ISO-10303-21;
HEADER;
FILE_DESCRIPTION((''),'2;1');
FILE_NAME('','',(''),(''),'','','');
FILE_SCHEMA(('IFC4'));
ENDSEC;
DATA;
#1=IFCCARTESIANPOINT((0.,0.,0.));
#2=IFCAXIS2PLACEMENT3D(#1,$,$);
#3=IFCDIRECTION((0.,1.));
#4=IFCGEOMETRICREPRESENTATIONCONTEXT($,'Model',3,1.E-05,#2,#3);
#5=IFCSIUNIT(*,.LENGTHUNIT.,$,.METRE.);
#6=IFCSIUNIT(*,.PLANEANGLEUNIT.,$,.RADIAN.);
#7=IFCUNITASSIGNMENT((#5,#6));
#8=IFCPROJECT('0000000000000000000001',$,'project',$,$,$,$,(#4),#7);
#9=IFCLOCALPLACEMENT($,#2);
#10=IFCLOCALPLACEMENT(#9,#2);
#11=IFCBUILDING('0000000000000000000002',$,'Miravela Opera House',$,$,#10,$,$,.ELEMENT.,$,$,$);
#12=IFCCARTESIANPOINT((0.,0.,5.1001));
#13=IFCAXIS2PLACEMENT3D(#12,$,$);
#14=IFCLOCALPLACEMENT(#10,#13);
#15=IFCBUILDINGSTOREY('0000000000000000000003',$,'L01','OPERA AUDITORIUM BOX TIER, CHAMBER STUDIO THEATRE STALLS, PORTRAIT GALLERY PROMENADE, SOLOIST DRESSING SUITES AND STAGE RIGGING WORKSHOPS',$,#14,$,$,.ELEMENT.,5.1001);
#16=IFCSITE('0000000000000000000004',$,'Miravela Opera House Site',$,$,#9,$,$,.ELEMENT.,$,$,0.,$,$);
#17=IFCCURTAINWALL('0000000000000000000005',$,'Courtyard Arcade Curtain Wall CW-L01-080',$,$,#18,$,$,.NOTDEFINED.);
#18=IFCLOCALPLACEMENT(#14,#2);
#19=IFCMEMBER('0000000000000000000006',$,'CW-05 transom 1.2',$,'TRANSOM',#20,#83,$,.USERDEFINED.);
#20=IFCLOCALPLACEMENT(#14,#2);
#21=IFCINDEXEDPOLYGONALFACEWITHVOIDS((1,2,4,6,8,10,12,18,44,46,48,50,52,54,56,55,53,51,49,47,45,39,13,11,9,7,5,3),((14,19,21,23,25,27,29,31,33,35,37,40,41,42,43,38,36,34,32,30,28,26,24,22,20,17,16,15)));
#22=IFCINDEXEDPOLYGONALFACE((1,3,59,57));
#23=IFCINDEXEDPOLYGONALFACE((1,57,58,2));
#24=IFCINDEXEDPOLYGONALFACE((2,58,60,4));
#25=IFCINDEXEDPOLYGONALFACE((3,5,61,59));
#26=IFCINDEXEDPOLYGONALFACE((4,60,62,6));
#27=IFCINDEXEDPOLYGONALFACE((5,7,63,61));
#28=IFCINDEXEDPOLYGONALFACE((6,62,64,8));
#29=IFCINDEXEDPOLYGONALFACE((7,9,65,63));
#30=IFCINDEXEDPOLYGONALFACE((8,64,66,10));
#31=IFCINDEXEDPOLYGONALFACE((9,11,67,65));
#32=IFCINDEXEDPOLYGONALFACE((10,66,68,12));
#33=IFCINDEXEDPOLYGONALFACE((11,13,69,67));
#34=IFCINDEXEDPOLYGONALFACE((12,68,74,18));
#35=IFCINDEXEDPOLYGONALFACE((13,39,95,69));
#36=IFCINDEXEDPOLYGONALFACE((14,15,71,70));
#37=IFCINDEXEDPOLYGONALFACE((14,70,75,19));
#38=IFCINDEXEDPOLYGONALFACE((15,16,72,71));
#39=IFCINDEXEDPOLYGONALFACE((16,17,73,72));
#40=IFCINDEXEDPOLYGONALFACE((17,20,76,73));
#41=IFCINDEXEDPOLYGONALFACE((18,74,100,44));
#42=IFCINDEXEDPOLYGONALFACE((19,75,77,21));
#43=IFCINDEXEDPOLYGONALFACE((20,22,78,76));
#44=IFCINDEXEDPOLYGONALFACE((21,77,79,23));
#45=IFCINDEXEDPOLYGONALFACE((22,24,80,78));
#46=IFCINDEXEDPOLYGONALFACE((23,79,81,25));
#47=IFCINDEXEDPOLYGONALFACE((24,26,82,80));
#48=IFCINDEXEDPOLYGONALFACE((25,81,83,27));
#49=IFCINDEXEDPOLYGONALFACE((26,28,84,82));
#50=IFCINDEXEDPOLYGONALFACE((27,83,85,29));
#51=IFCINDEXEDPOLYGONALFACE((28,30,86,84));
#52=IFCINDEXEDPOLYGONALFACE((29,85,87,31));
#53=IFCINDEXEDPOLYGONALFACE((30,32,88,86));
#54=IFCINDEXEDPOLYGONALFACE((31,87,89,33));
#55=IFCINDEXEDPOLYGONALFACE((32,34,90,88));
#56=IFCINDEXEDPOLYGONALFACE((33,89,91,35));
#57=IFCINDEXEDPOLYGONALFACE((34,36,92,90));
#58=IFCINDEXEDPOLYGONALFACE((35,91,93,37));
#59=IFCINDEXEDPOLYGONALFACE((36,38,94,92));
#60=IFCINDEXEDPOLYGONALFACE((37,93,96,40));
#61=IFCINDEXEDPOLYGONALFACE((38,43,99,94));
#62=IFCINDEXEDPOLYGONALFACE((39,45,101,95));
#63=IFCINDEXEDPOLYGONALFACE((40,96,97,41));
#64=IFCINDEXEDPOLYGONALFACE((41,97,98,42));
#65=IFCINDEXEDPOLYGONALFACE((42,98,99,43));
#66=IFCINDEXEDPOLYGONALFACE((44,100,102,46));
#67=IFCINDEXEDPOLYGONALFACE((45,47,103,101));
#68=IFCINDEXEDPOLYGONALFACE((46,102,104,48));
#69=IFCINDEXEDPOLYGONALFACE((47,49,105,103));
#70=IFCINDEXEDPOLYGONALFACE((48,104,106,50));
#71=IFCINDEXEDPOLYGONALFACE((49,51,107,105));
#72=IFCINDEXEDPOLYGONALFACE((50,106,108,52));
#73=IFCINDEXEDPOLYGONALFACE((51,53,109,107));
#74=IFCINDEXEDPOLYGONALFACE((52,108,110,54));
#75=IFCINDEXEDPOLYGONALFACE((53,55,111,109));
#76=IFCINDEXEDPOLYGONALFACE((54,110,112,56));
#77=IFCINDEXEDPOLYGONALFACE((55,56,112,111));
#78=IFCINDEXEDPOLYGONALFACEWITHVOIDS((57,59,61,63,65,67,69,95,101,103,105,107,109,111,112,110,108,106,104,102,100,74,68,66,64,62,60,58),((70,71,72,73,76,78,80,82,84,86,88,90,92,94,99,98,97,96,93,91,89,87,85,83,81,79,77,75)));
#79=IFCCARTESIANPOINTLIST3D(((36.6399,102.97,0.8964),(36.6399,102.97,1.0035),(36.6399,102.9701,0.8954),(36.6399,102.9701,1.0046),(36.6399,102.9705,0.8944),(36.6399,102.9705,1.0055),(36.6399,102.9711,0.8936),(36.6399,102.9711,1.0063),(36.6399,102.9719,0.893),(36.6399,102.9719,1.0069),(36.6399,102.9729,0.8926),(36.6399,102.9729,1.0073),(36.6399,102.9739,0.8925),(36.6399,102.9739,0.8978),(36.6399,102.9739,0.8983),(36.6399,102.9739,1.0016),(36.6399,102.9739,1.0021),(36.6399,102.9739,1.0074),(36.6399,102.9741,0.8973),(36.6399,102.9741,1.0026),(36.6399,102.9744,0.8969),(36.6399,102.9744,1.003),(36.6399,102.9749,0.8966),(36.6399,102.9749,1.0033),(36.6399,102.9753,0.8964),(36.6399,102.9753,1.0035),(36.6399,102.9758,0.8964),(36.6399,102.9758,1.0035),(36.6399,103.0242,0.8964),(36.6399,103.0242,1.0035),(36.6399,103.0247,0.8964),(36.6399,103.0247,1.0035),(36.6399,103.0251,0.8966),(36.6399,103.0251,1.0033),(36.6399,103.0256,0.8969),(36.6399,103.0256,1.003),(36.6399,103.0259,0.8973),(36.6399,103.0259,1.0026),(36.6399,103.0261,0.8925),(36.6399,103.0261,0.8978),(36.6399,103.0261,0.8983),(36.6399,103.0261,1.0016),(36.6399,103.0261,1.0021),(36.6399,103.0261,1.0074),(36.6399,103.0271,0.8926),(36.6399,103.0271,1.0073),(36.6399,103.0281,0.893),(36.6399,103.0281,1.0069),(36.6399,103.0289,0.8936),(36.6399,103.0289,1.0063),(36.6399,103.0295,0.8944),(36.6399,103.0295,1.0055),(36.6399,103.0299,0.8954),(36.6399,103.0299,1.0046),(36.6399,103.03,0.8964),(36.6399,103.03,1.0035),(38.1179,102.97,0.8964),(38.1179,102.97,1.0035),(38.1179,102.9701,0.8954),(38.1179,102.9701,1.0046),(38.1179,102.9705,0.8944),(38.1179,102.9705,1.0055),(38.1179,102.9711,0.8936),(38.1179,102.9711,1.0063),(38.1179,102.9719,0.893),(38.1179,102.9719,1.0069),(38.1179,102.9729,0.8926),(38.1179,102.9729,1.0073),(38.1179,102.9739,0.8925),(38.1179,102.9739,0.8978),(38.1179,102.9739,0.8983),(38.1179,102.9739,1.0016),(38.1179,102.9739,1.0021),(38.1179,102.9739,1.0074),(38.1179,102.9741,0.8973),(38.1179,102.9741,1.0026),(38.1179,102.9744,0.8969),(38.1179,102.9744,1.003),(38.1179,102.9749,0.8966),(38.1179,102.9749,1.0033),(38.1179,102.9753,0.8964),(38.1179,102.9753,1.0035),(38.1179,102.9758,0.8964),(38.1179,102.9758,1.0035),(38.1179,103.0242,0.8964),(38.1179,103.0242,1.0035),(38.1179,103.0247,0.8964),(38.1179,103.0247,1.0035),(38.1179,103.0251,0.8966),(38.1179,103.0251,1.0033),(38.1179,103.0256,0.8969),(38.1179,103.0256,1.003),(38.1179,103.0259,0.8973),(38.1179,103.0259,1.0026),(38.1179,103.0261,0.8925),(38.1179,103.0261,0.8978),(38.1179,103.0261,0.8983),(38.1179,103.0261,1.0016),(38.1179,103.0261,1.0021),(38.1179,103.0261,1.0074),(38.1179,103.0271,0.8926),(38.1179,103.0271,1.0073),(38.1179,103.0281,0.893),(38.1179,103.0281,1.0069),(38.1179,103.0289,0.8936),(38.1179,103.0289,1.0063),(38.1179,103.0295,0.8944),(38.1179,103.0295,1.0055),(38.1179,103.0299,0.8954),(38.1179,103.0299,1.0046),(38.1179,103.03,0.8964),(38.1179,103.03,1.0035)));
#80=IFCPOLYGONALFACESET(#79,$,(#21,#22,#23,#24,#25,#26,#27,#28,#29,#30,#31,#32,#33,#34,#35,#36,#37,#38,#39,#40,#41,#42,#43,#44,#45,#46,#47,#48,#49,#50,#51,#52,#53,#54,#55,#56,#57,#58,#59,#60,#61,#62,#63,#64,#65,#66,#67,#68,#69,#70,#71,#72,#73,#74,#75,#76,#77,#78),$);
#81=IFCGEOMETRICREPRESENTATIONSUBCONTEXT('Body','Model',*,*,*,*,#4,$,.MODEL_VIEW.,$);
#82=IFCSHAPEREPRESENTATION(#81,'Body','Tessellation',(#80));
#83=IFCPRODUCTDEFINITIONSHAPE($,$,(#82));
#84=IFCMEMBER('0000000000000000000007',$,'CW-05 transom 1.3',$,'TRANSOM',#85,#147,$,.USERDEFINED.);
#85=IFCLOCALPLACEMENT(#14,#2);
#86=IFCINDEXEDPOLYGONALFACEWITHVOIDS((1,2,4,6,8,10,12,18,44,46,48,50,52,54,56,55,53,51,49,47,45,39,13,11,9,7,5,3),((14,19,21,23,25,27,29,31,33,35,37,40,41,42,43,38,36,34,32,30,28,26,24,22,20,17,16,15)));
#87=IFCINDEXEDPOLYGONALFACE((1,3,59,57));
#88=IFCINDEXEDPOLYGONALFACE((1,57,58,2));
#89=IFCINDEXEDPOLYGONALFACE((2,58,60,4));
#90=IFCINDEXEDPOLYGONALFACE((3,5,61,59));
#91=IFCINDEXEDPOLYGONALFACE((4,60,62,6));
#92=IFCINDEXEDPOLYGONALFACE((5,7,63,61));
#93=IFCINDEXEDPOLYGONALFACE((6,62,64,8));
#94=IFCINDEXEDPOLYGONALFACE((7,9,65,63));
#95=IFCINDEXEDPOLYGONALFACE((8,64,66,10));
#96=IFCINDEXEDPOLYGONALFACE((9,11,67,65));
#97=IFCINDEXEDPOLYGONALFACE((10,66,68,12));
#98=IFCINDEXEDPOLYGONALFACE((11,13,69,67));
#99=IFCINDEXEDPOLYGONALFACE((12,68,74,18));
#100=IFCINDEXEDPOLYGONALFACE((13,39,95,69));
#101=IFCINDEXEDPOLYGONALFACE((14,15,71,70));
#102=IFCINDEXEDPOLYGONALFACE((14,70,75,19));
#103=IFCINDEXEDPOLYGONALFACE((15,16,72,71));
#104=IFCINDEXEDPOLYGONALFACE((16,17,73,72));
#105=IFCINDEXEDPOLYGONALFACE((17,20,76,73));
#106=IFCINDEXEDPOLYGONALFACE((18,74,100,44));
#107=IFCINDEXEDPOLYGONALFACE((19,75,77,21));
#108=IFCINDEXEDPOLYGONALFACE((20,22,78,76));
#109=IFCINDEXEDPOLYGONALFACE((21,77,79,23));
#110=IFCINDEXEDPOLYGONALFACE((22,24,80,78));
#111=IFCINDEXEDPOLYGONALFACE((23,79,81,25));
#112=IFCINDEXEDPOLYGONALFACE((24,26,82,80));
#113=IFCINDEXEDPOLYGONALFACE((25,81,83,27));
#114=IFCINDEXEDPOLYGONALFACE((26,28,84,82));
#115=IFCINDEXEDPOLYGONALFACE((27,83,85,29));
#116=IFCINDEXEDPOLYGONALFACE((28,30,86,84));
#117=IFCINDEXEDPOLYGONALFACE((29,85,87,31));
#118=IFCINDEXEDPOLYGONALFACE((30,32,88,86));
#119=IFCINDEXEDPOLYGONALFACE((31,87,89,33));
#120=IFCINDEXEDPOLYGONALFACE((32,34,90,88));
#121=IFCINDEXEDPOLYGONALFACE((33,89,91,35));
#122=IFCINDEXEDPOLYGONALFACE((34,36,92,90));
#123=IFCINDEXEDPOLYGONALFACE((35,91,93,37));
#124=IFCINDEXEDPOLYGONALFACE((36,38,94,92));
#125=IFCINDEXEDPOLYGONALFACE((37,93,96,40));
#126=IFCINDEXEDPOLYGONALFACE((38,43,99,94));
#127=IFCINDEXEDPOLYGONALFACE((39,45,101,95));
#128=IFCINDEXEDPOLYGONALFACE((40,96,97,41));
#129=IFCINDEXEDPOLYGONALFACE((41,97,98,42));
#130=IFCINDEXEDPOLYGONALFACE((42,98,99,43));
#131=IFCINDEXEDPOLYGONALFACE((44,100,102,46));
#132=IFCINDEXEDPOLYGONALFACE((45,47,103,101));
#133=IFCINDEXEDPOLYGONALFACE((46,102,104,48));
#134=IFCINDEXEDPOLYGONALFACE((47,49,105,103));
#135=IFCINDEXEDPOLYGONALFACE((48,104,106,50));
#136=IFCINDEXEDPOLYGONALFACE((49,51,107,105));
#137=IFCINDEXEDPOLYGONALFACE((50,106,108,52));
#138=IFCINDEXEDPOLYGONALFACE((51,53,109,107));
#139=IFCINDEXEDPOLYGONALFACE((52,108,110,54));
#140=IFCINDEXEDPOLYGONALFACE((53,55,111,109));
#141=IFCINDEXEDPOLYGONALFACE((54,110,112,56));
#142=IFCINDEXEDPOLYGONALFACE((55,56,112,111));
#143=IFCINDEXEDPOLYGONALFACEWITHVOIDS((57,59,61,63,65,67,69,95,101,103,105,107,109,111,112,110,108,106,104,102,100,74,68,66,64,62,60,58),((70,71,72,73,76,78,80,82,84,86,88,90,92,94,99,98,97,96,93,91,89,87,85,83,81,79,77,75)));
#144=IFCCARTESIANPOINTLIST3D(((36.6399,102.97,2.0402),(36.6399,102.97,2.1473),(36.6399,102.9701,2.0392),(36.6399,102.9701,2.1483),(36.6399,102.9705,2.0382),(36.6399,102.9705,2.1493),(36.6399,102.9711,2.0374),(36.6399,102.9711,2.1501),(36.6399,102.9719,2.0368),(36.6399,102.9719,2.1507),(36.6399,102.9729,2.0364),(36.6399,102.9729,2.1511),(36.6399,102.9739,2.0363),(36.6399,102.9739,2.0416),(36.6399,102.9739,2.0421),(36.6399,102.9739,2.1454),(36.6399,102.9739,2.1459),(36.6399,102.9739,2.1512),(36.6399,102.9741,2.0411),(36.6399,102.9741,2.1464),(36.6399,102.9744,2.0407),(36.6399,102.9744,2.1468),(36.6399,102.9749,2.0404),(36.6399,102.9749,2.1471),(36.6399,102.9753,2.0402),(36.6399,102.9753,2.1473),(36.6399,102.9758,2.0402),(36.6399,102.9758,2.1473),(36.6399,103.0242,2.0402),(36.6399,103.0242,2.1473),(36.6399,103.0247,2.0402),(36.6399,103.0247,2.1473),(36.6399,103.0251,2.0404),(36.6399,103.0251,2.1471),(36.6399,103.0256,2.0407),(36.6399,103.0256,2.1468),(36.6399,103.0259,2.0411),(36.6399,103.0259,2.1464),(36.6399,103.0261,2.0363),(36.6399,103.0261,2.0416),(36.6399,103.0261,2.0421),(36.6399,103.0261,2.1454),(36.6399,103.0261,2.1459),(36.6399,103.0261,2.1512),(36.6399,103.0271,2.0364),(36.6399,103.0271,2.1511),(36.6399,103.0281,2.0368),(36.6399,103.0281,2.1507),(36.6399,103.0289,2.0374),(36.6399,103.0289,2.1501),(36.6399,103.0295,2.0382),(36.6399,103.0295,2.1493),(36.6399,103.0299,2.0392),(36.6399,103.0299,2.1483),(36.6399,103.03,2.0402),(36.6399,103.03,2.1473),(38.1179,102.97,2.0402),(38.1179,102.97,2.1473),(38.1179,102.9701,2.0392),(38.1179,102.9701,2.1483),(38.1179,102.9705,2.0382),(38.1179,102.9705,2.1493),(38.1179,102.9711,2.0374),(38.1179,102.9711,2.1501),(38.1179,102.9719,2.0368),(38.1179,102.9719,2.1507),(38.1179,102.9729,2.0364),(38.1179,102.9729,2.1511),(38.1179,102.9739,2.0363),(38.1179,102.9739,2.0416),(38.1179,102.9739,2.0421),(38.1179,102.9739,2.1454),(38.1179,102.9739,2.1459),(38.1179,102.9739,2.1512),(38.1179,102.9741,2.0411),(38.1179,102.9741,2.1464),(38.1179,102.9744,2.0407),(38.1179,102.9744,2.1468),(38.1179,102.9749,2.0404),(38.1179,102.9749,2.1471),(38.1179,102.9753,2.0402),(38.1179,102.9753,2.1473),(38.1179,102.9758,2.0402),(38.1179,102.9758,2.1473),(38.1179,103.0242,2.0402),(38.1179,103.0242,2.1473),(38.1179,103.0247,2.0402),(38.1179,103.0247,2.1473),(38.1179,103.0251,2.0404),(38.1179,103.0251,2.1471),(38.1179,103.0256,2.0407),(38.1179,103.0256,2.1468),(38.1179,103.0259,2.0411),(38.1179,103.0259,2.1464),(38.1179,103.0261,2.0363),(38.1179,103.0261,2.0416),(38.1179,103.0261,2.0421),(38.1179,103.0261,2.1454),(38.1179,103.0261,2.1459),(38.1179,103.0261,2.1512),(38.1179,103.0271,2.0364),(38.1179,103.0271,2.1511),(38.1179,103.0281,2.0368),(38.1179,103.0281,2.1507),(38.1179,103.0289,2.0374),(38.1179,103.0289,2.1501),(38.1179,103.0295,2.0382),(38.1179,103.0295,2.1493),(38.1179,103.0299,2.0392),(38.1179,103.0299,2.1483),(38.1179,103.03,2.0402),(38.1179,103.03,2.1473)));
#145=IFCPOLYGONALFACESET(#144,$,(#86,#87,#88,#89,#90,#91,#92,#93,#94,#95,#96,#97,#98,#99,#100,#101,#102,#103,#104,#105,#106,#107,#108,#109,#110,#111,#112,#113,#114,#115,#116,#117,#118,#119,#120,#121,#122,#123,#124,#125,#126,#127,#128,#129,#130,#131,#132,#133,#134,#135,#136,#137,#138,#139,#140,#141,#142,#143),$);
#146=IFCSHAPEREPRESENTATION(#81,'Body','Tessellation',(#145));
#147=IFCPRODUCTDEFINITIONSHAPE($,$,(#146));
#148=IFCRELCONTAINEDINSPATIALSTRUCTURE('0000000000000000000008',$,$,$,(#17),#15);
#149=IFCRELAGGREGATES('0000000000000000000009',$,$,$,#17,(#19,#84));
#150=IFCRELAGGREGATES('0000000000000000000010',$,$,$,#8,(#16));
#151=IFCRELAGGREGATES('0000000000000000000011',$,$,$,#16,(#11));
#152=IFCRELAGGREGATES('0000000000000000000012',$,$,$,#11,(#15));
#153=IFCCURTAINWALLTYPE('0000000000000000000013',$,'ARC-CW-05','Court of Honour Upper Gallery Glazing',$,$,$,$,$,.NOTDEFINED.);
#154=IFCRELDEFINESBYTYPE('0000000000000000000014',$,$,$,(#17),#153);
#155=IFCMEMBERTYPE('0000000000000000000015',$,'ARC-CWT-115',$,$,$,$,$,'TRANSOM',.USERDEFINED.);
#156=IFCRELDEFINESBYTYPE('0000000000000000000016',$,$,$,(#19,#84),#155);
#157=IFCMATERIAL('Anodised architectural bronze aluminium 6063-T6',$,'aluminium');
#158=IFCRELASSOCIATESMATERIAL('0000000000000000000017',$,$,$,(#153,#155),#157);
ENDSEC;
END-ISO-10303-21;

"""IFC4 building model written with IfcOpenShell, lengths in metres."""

from ifc_helpers import new_model, si_unit, direction, frame, origin, origin_2d, place, context, subcontext, project, spatial, hollow_rectangle, extrude, material, material_profile, profile_set, type_object, element, aggregate, save


model = new_model("IFC4")

# Units and contexts
model_context = context("Model", 3, precision=1e-05, world=origin(), true_north=direction((0.0, 1.0)))
body_context = subcontext(model_context, "Body", "Model", "MODEL_VIEW")
ifc_project = project(units=[si_unit("LENGTHUNIT", "METRE"), si_unit("PLANEANGLEUNIT", "RADIAN")], contexts=[model_context])

# Site, building, storey
site_placement = place(None, origin())
site = spatial("IfcSite", under=ifc_project, at=site_placement, Name="Miravela Opera House Site", CompositionType="ELEMENT", RefElevation=0.0)
building_placement = place(site_placement, origin())
building = spatial("IfcBuilding", under=site, at=building_placement, Name="Miravela Opera House", CompositionType="ELEMENT")
storey_placement = place(building_placement, frame((0.0, 0.0, 5.1001)))
storey = spatial("IfcBuildingStorey", under=building, at=storey_placement, Name="L01", Description="OPERA AUDITORIUM BOX TIER, CHAMBER STUDIO THEATRE STALLS, PORTRAIT GALLERY PROMENADE, SOLOIST DRESSING SUITES AND STAGE RIGGING WORKSHOPS", CompositionType="ELEMENT", Elevation=5.1001)

# Shared definitions
ifc_material_1 = material(Name="Anodised architectural bronze aluminium 6063-T6", Category="aluminium")
curtain_wall_type = type_object("IfcCurtainWallType", Name="ARC-CW-05", Description="Court of Honour Upper Gallery Glazing", PredefinedType="NOTDEFINED", material=ifc_material_1)

# Curtain wall
curtain_wall_1_placement = place(storey_placement, origin())
curtain_wall_1 = element("IfcCurtainWall", 1, at=curtain_wall_1_placement, inside=storey, type_object=curtain_wall_type, Name="Courtyard Arcade Curtain Wall CW-L01-080", PredefinedType="NOTDEFINED")

# Members
ifc_material_profile_1 = material_profile(ifc_material_1, hollow_rectangle(XDim=0.0601, YDim=0.115, WallThickness=0.0039, InnerFilletRadius=0.002, OuterFilletRadius=0.0039, at=origin_2d()), Name="CWT-60X115")
ifc_profile_set_1 = profile_set([ifc_material_profile_1])
member_type_1 = type_object("IfcMemberType", Name="ARC-CWT-115", ElementType="TRANSOM", PredefinedType="USERDEFINED", material=ifc_profile_set_1)
member_1_placement = place(storey_placement, frame((36.6399, 103.0, 0.95), z_axis=(1.0, 0.0, 0.0), x_axis=(0.0, 1.0, 0.0)))
member_1 = element("IfcMember", 2, at=member_1_placement, type_object=member_type_1, Name="CW-05 transom 1.2", ObjectType="TRANSOM", PredefinedType="USERDEFINED", context=body_context, shape_type="SweptSolid", body=[
    extrude(hollow_rectangle(XDim=0.0601, YDim=0.115, WallThickness=0.0039, InnerFilletRadius=0.002, OuterFilletRadius=0.0039, at=origin_2d()), origin(), (0.0, 0.0, 1.0), 1.478),
])
member_2_placement = place(storey_placement, frame((36.6399, 103.0, 2.0938), z_axis=(1.0, 0.0, 0.0), x_axis=(0.0, 1.0, 0.0)))
member_2 = element("IfcMember", 3, at=member_2_placement, type_object=member_type_1, Name="CW-05 transom 1.3", ObjectType="TRANSOM", PredefinedType="USERDEFINED", context=body_context, shape_type="SweptSolid", body=[
    extrude(hollow_rectangle(XDim=0.0601, YDim=0.115, WallThickness=0.0039, InnerFilletRadius=0.002, OuterFilletRadius=0.0039, at=origin_2d()), origin(), (0.0, 0.0, 1.0), 1.478),
])

aggregate(curtain_wall_1, [member_1, member_2])

save(model, "model.ifc")
